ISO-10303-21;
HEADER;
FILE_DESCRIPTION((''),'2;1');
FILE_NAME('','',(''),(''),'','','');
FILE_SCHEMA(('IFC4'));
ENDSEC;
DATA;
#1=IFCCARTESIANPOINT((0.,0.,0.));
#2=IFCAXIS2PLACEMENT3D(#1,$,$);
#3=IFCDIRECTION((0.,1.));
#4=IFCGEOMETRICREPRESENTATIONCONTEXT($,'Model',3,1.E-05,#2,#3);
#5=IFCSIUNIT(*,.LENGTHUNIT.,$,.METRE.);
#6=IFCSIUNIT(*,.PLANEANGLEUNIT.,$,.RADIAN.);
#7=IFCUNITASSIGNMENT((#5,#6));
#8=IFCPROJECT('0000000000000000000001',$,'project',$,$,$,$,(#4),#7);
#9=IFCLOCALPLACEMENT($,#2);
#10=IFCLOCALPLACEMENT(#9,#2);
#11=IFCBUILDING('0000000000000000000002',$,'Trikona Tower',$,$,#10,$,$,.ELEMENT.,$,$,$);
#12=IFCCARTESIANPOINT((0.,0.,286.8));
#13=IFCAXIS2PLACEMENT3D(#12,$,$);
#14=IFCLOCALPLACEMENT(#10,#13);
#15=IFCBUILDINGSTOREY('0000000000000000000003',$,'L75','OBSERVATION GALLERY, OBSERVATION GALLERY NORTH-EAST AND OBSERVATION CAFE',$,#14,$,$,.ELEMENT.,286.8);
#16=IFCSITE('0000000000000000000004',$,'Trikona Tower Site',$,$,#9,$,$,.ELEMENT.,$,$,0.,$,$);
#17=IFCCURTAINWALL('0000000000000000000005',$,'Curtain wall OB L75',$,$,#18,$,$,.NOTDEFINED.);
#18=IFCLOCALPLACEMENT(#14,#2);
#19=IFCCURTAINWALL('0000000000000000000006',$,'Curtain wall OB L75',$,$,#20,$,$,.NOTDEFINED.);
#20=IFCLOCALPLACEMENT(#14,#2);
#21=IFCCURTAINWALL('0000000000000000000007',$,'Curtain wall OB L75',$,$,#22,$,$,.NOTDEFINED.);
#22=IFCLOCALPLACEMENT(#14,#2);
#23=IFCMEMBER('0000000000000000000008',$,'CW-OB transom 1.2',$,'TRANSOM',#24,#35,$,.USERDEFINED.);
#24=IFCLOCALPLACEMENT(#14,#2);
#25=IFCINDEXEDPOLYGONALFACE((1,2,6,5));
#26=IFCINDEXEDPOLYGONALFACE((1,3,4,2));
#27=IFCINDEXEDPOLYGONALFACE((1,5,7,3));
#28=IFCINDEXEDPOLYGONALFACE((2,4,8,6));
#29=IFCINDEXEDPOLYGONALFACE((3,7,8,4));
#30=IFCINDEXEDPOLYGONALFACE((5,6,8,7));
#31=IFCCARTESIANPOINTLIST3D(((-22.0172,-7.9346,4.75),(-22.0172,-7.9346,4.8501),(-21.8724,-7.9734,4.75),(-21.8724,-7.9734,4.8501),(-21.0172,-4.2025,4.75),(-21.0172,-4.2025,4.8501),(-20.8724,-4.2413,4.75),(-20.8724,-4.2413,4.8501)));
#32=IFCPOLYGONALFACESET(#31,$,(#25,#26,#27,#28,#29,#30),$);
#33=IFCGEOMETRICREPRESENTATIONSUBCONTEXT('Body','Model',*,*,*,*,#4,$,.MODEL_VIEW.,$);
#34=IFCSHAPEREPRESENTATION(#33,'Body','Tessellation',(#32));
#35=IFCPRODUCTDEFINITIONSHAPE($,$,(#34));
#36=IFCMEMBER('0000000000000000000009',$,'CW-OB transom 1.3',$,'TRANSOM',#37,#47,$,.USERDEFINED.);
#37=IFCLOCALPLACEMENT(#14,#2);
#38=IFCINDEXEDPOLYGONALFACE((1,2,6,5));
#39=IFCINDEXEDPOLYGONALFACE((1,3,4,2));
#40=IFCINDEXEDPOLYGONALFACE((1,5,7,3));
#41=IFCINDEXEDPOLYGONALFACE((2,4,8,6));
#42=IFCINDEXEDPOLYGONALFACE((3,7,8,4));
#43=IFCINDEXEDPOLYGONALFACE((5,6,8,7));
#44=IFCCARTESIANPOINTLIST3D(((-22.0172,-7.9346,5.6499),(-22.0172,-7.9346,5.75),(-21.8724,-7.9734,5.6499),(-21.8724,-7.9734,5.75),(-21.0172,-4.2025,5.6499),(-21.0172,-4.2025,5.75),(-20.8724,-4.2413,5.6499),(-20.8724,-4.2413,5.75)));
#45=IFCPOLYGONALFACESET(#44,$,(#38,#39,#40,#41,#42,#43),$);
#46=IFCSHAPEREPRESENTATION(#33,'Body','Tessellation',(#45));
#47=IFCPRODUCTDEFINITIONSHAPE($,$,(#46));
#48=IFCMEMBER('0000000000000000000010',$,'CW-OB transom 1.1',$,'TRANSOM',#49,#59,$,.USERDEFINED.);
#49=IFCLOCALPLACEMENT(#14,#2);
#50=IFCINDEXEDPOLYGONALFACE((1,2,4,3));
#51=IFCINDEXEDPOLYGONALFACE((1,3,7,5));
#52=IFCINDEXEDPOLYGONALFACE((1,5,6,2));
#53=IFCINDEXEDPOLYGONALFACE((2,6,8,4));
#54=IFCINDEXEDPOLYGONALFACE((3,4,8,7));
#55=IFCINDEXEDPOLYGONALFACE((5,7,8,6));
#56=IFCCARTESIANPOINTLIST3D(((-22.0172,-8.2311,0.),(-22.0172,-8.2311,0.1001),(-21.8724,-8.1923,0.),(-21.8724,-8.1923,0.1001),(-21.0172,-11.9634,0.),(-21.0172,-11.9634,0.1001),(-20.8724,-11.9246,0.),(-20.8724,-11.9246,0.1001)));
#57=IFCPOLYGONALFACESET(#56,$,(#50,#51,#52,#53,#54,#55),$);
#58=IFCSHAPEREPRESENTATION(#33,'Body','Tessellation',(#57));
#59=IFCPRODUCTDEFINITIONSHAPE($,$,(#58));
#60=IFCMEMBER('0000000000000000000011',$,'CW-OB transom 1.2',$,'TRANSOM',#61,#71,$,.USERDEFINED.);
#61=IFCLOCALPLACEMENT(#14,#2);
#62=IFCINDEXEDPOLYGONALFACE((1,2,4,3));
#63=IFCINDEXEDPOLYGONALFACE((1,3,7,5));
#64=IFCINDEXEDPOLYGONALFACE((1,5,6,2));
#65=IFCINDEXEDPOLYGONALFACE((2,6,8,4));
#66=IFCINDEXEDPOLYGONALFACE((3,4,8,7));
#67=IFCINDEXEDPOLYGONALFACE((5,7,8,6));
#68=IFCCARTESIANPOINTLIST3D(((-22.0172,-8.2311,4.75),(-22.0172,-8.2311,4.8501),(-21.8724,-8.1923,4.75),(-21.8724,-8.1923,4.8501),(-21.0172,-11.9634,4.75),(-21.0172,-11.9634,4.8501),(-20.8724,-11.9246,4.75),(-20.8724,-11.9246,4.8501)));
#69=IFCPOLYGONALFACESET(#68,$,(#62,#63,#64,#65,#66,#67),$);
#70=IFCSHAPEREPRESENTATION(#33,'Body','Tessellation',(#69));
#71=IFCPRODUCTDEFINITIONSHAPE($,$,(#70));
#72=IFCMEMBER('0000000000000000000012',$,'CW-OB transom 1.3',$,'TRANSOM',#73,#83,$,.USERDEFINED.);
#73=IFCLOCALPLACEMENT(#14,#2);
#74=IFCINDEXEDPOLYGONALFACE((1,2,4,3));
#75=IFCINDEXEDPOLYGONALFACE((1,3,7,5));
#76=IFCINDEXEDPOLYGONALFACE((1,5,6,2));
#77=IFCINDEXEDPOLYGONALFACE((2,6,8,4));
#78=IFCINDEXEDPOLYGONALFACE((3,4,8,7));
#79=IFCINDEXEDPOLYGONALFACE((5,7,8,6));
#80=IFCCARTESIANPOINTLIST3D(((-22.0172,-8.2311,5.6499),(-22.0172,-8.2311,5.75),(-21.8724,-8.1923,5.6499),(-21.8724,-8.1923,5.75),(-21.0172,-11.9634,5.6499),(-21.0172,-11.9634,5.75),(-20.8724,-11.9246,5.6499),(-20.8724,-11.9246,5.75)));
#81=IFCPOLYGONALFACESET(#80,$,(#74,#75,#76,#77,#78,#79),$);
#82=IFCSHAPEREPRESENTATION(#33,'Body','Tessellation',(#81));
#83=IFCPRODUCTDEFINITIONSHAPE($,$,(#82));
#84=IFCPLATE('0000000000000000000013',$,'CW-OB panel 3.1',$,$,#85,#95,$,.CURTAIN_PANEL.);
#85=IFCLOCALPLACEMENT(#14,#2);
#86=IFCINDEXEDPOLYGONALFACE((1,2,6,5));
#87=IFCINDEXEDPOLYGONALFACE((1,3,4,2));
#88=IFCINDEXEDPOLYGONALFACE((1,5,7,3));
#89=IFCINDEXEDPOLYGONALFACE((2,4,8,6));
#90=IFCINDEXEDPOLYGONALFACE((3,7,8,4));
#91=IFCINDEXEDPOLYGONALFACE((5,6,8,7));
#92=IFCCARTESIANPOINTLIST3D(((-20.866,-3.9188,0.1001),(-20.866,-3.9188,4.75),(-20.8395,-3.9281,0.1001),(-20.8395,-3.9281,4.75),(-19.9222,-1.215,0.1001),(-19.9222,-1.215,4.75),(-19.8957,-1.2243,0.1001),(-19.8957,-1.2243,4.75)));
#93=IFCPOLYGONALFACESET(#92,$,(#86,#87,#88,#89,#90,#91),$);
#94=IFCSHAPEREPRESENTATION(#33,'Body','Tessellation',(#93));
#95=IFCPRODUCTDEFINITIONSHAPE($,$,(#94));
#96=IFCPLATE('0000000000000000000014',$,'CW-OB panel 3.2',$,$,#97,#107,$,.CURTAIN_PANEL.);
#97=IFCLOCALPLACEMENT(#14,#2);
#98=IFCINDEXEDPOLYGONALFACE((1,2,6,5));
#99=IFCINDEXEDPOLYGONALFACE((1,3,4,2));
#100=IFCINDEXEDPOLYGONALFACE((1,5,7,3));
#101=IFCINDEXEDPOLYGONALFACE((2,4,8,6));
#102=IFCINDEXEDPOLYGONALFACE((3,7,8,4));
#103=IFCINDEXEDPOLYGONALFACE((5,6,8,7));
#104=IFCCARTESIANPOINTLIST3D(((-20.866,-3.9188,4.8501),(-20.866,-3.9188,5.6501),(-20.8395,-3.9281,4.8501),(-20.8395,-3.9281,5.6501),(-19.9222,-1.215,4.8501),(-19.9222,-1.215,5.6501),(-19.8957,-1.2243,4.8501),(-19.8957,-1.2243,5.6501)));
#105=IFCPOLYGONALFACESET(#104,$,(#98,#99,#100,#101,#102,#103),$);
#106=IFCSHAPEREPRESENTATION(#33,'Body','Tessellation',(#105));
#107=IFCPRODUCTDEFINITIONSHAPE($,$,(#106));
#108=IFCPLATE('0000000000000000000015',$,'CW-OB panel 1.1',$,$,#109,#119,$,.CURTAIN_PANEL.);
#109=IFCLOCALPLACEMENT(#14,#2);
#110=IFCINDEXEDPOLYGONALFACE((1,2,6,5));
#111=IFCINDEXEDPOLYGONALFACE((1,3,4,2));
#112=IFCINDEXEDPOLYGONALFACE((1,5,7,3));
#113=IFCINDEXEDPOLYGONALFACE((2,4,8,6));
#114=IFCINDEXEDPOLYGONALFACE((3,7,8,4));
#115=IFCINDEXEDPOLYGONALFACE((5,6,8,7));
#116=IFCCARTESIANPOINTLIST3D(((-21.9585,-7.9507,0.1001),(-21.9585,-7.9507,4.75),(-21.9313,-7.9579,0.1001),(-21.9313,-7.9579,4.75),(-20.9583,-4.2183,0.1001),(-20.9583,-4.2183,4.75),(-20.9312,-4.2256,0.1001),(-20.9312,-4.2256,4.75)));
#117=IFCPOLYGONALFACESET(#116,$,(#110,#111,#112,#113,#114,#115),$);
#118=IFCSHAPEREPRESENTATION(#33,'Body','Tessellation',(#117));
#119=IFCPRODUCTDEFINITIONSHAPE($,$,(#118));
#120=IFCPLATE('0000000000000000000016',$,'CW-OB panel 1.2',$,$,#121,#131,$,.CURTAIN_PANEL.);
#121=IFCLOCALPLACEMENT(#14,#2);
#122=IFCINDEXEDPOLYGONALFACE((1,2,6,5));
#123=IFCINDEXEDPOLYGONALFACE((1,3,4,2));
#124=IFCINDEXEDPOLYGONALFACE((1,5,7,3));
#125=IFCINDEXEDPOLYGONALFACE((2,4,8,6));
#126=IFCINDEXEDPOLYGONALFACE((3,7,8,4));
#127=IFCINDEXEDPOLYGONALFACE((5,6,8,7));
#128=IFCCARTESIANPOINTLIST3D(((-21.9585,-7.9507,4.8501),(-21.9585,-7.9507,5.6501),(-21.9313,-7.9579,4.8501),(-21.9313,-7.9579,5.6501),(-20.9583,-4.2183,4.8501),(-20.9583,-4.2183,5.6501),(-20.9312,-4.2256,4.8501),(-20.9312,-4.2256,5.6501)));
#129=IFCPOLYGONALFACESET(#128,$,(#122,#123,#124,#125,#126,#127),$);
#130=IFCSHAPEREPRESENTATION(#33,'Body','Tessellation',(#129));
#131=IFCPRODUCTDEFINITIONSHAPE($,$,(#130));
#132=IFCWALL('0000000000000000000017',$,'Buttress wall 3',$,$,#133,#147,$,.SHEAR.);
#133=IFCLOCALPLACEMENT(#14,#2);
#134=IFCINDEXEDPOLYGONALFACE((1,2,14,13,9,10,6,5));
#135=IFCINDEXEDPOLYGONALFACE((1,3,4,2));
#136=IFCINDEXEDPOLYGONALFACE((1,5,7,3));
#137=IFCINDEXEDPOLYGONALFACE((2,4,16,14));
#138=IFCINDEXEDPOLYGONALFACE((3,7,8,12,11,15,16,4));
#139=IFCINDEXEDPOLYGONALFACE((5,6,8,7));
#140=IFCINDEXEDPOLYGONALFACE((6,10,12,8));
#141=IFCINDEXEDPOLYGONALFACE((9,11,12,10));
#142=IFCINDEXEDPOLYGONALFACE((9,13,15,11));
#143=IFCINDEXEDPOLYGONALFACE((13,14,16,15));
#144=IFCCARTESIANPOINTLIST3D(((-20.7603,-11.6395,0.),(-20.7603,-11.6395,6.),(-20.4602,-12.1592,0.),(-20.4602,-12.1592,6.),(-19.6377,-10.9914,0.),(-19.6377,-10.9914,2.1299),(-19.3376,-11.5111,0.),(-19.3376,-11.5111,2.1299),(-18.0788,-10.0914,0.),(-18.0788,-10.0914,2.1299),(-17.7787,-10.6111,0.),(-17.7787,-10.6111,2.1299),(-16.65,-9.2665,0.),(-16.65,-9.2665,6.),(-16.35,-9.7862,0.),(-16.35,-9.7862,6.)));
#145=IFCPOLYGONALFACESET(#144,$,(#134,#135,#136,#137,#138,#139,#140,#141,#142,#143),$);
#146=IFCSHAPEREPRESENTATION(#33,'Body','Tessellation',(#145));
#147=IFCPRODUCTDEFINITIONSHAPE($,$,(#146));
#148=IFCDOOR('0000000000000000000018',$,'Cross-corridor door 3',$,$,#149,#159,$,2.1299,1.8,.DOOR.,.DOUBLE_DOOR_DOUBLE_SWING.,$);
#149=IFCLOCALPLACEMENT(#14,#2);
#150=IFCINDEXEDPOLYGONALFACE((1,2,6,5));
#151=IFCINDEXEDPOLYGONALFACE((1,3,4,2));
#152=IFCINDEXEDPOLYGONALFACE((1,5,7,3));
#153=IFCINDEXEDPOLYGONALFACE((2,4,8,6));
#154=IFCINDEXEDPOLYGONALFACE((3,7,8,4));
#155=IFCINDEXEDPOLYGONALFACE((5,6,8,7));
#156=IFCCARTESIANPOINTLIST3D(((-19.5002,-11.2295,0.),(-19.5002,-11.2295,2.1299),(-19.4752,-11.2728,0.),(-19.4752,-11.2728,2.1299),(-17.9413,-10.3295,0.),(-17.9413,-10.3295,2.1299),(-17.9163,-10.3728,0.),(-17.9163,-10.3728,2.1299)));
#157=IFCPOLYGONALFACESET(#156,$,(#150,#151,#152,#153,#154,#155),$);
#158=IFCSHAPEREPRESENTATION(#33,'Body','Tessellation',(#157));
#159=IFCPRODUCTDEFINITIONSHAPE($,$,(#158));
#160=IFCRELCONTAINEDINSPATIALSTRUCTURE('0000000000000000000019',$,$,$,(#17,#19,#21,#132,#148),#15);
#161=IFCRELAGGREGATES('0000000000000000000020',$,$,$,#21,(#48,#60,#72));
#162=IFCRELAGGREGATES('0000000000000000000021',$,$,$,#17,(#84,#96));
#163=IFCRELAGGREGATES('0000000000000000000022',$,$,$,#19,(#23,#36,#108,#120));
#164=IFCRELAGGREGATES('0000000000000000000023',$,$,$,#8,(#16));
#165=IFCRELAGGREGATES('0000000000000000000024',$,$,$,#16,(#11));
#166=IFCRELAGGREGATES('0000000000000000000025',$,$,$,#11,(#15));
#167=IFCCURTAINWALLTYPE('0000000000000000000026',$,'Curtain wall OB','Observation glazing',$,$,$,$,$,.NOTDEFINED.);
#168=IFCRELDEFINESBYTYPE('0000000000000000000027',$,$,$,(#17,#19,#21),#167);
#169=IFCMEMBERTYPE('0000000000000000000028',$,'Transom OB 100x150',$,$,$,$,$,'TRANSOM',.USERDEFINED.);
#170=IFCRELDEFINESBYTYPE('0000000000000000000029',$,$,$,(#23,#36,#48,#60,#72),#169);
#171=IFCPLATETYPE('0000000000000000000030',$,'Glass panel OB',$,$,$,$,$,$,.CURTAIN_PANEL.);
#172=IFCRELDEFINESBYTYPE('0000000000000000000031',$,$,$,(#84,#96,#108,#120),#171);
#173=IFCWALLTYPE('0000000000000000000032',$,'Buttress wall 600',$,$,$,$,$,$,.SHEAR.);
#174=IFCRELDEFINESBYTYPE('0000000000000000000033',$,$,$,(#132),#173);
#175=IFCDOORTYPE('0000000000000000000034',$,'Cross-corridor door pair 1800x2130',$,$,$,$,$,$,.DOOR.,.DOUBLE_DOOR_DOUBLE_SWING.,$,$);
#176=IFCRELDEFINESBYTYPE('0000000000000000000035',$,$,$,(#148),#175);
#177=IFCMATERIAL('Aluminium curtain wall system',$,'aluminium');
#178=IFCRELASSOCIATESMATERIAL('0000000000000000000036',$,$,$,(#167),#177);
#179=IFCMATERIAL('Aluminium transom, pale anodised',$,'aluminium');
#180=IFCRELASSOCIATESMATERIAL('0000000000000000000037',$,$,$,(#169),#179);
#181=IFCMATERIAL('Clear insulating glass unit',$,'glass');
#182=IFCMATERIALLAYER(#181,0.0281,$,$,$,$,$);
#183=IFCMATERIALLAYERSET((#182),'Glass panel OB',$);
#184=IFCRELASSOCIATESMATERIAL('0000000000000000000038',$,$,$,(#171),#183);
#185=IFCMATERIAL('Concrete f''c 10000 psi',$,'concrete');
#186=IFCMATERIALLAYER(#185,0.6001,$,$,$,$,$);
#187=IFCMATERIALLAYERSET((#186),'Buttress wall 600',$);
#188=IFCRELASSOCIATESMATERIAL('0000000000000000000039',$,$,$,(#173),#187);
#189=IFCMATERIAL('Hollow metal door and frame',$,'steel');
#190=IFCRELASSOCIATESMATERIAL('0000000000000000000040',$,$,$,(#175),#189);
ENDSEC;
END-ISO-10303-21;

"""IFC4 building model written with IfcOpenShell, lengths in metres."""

from ifc_helpers import new_model, si_unit, direction, frame, frame_2d, origin, origin_2d, place, context, subcontext, project, spatial, rectangle, extrude, material, layer, layer_set, material_profile, profile_set, type_object, element, fill, aggregate, save


model = new_model("IFC4")

# Units and contexts
model_context = context("Model", 3, precision=1e-05, world=origin(), true_north=direction((0.0, 1.0)))
body_context = subcontext(model_context, "Body", "Model", "MODEL_VIEW")
ifc_project = project(units=[si_unit("LENGTHUNIT", "METRE"), si_unit("PLANEANGLEUNIT", "RADIAN")], contexts=[model_context])

# Site, building, storey
site_placement = place(None, origin())
site = spatial("IfcSite", under=ifc_project, at=site_placement, Name="Trikona Tower Site", CompositionType="ELEMENT", RefElevation=0.0)
building_placement = place(site_placement, origin())
building = spatial("IfcBuilding", under=site, at=building_placement, Name="Trikona Tower", CompositionType="ELEMENT")
storey_placement = place(building_placement, frame((0.0, 0.0, 286.8)))
storey = spatial("IfcBuildingStorey", under=building, at=storey_placement, Name="L75", Description="OBSERVATION GALLERY, OBSERVATION GALLERY NORTH-EAST AND OBSERVATION CAFE", CompositionType="ELEMENT", Elevation=286.8)

# Curtain walls
ifc_material_1 = material(Name="Aluminium curtain wall system", Category="aluminium")
curtain_wall_type = type_object("IfcCurtainWallType", Name="Curtain wall OB", Description="Observation glazing", PredefinedType="NOTDEFINED", material=ifc_material_1)
curtain_wall_1_placement = place(storey_placement, origin())
curtain_wall_1 = element("IfcCurtainWall", 1, at=curtain_wall_1_placement, inside=storey, type_object=curtain_wall_type, Name="Curtain wall OB L75", PredefinedType="NOTDEFINED")
curtain_wall_2_placement = place(storey_placement, origin())
curtain_wall_2 = element("IfcCurtainWall", 2, at=curtain_wall_2_placement, inside=storey, type_object=curtain_wall_type, Name="Curtain wall OB L75", PredefinedType="NOTDEFINED")

# Curtain wall
curtain_wall_3_placement = place(storey_placement, origin())
curtain_wall_3 = element("IfcCurtainWall", 3, at=curtain_wall_3_placement, inside=storey, type_object=curtain_wall_type, Name="Curtain wall OB L75", PredefinedType="NOTDEFINED")

# Members
ifc_material_2 = material(Name="Aluminium transom, pale anodised", Category="aluminium")
ifc_material_profile_1 = material_profile(ifc_material_2, rectangle(XDim=0.1499, YDim=0.1001, at=origin_2d()), Name="TRN-OB")
ifc_profile_set_1 = profile_set([ifc_material_profile_1], Name="Aluminium transom, pale anodised")
member_type_1 = type_object("IfcMemberType", Name="Transom OB 100x150", ElementType="TRANSOM", PredefinedType="USERDEFINED", material=ifc_profile_set_1)
member_1_placement = place(storey_placement, frame((-20.9448, -4.2219, 4.8), z_axis=(-0.258811, -0.965928, 0.0), x_axis=(0.965928, -0.258811, 0.0)))
member_1 = element("IfcMember", 4, at=member_1_placement, type_object=member_type_1, Name="CW-OB transom 1.2", ObjectType="TRANSOM", PredefinedType="USERDEFINED", context=body_context, shape_type="SweptSolid", body=[
    extrude(rectangle(XDim=0.1499, YDim=0.1001, at=origin_2d()), origin(), (0.0, 0.0, 1.0), 3.8638),
])
member_2_placement = place(storey_placement, frame((-20.9448, -4.2219, 5.7), z_axis=(-0.258811, -0.965928, 0.0), x_axis=(0.965928, -0.258811, 0.0)))
member_2 = element("IfcMember", 5, at=member_2_placement, type_object=member_type_1, Name="CW-OB transom 1.3", ObjectType="TRANSOM", PredefinedType="USERDEFINED", context=body_context, shape_type="SweptSolid", body=[
    extrude(rectangle(XDim=0.1499, YDim=0.1001, at=origin_2d()), origin(), (0.0, 0.0, 1.0), 3.8638),
])
member_3_placement = place(storey_placement, frame((-21.9448, -8.2117, 0.05), z_axis=(0.258795, -0.965932, 0.0), x_axis=(0.965932, 0.258795, 0.0)))
member_3 = element("IfcMember", 6, at=member_3_placement, type_object=member_type_1, Name="CW-OB transom 1.1", ObjectType="TRANSOM", PredefinedType="USERDEFINED", context=body_context, shape_type="SweptSolid", body=[
    extrude(rectangle(XDim=0.1499, YDim=0.1001, at=origin_2d()), origin(), (0.0, 0.0, 1.0), 3.864),
])
member_4_placement = place(storey_placement, frame((-21.9448, -8.2117, 4.8), z_axis=(0.258795, -0.965932, 0.0), x_axis=(0.965932, 0.258795, 0.0)))
member_4 = element("IfcMember", 7, at=member_4_placement, type_object=member_type_1, Name="CW-OB transom 1.2", ObjectType="TRANSOM", PredefinedType="USERDEFINED", context=body_context, shape_type="SweptSolid", body=[
    extrude(rectangle(XDim=0.1499, YDim=0.1001, at=origin_2d()), origin(), (0.0, 0.0, 1.0), 3.864),
])
member_5_placement = place(storey_placement, frame((-21.9448, -8.2117, 5.7), z_axis=(0.258795, -0.965932, 0.0), x_axis=(0.965932, 0.258795, 0.0)))
member_5 = element("IfcMember", 8, at=member_5_placement, type_object=member_type_1, Name="CW-OB transom 1.3", ObjectType="TRANSOM", PredefinedType="USERDEFINED", context=body_context, shape_type="SweptSolid", body=[
    extrude(rectangle(XDim=0.1499, YDim=0.1001, at=origin_2d()), origin(), (0.0, 0.0, 1.0), 3.864),
])
aggregate(curtain_wall_3, [member_3, member_4, member_5])

# Plates
ifc_material_3 = material(Name="Clear insulating glass unit", Category="glass")
ifc_layer_1 = layer(ifc_material_3, 0.0281)
ifc_layer_set_1 = layer_set([ifc_layer_1], Name="Glass panel OB")
plate_type = type_object("IfcPlateType", Name="Glass panel OB", PredefinedType="CURTAIN_PANEL", material=ifc_layer_set_1)
plate_1_placement = place(storey_placement, frame((-20.3809, -2.5715, 0.1001), z_axis=(0.0, 0.0, 1.0), x_axis=(-0.329552, -0.944137, 0.0)))
plate_1 = element("IfcPlate", 9, at=plate_1_placement, type_object=plate_type, Name="CW-OB panel 3.1", PredefinedType="CURTAIN_PANEL", context=body_context, shape_type="SweptSolid", body=[
    extrude(rectangle(XDim=2.8638, YDim=0.0281, at=origin_2d()), origin(), (0.0, 0.0, 1.0), 4.6499),
])
plate_2_placement = place(storey_placement, frame((-20.3809, -2.5715, 4.8501), z_axis=(0.0, 0.0, 1.0), x_axis=(-0.329552, -0.944137, 0.0)))
plate_2 = element("IfcPlate", 10, at=plate_2_placement, type_object=plate_type, Name="CW-OB panel 3.2", PredefinedType="CURTAIN_PANEL", context=body_context, shape_type="SweptSolid", body=[
    extrude(rectangle(XDim=2.8638, YDim=0.0281, at=origin_2d()), origin(), (0.0, 0.0, 1.0), 0.8),
])
aggregate(curtain_wall_1, [plate_1, plate_2])
plate_3_placement = place(storey_placement, frame((-21.4448, -6.0881, 0.1001), z_axis=(0.0, 0.0, 1.0), x_axis=(-0.258834, -0.965922, 0.0)))
plate_3 = element("IfcPlate", 11, at=plate_3_placement, type_object=plate_type, Name="CW-OB panel 1.1", PredefinedType="CURTAIN_PANEL", context=body_context, shape_type="SweptSolid", body=[
    extrude(rectangle(XDim=3.864, YDim=0.0281, at=origin_2d()), origin(), (0.0, 0.0, 1.0), 4.6499),
])
plate_4_placement = place(storey_placement, frame((-21.4448, -6.0881, 4.8501), z_axis=(0.0, 0.0, 1.0), x_axis=(-0.258834, -0.965922, 0.0)))
plate_4 = element("IfcPlate", 12, at=plate_4_placement, type_object=plate_type, Name="CW-OB panel 1.2", PredefinedType="CURTAIN_PANEL", context=body_context, shape_type="SweptSolid", body=[
    extrude(rectangle(XDim=3.864, YDim=0.0281, at=origin_2d()), origin(), (0.0, 0.0, 1.0), 0.8),
])
aggregate(curtain_wall_2, [member_1, member_2, plate_3, plate_4])

# Wall, opening, door
ifc_material_4 = material(Name="Concrete f'c 10000 psi", Category="concrete")
ifc_layer_2 = layer(ifc_material_4, 0.6001)
ifc_layer_set_2 = layer_set([ifc_layer_2], Name="Buttress wall 600")
wall_type_1 = type_object("IfcWallType", Name="Buttress wall 600", PredefinedType="SHEAR", material=ifc_layer_set_2)
wall_1_placement = place(storey_placement, frame((-16.5, -9.5264, 0.0), z_axis=(0.0, 0.0, 1.0), x_axis=(-0.866031, -0.49999, 0.0)))
wall_1 = element("IfcWall", 13, at=wall_1_placement, inside=storey, type_object=wall_type_1, Name="Buttress wall 3", PredefinedType="SHEAR", context=body_context, shape_type="SweptSolid", body=[
    extrude(rectangle(XDim=4.7461, YDim=0.6001, at=frame_2d((2.373, 0.0))), origin(), (0.0, 0.0, 1.0), 6.0),
])
opening_1_placement = place(wall_1_placement, frame((1.6499, 0.0, 0.0)))
opening_1 = element("IfcOpeningElement", 14, at=opening_1_placement, cuts=wall_1, PredefinedType="OPENING", context=body_context, shape_type="SweptSolid", body=[
    extrude(rectangle(XDim=1.8, YDim=2.1299, at=frame_2d((0.8999, 1.0649))), frame((0.0, 0.3101, 0.0), z_axis=(0.0, -1.0, 0.0), x_axis=(1.0, 0.0, 0.0)), (0.0, 0.0, 1.0), 0.6201),
])
ifc_material_5 = material(Name="Hollow metal door and frame", Category="steel")
door_type_1 = type_object("IfcDoorType", Name="Cross-corridor door pair 1800x2130", OperationType="DOUBLE_DOOR_DOUBLE_SWING", PredefinedType="DOOR", material=ifc_material_5)
door_1_placement = place(opening_1_placement, origin())
door_1 = element("IfcDoor", 15, at=door_1_placement, inside=storey, type_object=door_type_1, Name="Cross-corridor door 3", OperationType="DOUBLE_DOOR_DOUBLE_SWING", OverallHeight=2.1299, OverallWidth=1.8, PredefinedType="DOOR", context=body_context, shape_type="SweptSolid", body=[
    extrude(rectangle(XDim=1.8, YDim=2.1299, at=frame_2d((0.8999, 1.0649))), frame((0.0, 0.0249, 0.0), z_axis=(0.0, -1.0, 0.0), x_axis=(1.0, 0.0, 0.0)), (0.0, 0.0, 1.0), 0.05),
])
fill(opening_1, door_1)

save(model, "model.ifc")
